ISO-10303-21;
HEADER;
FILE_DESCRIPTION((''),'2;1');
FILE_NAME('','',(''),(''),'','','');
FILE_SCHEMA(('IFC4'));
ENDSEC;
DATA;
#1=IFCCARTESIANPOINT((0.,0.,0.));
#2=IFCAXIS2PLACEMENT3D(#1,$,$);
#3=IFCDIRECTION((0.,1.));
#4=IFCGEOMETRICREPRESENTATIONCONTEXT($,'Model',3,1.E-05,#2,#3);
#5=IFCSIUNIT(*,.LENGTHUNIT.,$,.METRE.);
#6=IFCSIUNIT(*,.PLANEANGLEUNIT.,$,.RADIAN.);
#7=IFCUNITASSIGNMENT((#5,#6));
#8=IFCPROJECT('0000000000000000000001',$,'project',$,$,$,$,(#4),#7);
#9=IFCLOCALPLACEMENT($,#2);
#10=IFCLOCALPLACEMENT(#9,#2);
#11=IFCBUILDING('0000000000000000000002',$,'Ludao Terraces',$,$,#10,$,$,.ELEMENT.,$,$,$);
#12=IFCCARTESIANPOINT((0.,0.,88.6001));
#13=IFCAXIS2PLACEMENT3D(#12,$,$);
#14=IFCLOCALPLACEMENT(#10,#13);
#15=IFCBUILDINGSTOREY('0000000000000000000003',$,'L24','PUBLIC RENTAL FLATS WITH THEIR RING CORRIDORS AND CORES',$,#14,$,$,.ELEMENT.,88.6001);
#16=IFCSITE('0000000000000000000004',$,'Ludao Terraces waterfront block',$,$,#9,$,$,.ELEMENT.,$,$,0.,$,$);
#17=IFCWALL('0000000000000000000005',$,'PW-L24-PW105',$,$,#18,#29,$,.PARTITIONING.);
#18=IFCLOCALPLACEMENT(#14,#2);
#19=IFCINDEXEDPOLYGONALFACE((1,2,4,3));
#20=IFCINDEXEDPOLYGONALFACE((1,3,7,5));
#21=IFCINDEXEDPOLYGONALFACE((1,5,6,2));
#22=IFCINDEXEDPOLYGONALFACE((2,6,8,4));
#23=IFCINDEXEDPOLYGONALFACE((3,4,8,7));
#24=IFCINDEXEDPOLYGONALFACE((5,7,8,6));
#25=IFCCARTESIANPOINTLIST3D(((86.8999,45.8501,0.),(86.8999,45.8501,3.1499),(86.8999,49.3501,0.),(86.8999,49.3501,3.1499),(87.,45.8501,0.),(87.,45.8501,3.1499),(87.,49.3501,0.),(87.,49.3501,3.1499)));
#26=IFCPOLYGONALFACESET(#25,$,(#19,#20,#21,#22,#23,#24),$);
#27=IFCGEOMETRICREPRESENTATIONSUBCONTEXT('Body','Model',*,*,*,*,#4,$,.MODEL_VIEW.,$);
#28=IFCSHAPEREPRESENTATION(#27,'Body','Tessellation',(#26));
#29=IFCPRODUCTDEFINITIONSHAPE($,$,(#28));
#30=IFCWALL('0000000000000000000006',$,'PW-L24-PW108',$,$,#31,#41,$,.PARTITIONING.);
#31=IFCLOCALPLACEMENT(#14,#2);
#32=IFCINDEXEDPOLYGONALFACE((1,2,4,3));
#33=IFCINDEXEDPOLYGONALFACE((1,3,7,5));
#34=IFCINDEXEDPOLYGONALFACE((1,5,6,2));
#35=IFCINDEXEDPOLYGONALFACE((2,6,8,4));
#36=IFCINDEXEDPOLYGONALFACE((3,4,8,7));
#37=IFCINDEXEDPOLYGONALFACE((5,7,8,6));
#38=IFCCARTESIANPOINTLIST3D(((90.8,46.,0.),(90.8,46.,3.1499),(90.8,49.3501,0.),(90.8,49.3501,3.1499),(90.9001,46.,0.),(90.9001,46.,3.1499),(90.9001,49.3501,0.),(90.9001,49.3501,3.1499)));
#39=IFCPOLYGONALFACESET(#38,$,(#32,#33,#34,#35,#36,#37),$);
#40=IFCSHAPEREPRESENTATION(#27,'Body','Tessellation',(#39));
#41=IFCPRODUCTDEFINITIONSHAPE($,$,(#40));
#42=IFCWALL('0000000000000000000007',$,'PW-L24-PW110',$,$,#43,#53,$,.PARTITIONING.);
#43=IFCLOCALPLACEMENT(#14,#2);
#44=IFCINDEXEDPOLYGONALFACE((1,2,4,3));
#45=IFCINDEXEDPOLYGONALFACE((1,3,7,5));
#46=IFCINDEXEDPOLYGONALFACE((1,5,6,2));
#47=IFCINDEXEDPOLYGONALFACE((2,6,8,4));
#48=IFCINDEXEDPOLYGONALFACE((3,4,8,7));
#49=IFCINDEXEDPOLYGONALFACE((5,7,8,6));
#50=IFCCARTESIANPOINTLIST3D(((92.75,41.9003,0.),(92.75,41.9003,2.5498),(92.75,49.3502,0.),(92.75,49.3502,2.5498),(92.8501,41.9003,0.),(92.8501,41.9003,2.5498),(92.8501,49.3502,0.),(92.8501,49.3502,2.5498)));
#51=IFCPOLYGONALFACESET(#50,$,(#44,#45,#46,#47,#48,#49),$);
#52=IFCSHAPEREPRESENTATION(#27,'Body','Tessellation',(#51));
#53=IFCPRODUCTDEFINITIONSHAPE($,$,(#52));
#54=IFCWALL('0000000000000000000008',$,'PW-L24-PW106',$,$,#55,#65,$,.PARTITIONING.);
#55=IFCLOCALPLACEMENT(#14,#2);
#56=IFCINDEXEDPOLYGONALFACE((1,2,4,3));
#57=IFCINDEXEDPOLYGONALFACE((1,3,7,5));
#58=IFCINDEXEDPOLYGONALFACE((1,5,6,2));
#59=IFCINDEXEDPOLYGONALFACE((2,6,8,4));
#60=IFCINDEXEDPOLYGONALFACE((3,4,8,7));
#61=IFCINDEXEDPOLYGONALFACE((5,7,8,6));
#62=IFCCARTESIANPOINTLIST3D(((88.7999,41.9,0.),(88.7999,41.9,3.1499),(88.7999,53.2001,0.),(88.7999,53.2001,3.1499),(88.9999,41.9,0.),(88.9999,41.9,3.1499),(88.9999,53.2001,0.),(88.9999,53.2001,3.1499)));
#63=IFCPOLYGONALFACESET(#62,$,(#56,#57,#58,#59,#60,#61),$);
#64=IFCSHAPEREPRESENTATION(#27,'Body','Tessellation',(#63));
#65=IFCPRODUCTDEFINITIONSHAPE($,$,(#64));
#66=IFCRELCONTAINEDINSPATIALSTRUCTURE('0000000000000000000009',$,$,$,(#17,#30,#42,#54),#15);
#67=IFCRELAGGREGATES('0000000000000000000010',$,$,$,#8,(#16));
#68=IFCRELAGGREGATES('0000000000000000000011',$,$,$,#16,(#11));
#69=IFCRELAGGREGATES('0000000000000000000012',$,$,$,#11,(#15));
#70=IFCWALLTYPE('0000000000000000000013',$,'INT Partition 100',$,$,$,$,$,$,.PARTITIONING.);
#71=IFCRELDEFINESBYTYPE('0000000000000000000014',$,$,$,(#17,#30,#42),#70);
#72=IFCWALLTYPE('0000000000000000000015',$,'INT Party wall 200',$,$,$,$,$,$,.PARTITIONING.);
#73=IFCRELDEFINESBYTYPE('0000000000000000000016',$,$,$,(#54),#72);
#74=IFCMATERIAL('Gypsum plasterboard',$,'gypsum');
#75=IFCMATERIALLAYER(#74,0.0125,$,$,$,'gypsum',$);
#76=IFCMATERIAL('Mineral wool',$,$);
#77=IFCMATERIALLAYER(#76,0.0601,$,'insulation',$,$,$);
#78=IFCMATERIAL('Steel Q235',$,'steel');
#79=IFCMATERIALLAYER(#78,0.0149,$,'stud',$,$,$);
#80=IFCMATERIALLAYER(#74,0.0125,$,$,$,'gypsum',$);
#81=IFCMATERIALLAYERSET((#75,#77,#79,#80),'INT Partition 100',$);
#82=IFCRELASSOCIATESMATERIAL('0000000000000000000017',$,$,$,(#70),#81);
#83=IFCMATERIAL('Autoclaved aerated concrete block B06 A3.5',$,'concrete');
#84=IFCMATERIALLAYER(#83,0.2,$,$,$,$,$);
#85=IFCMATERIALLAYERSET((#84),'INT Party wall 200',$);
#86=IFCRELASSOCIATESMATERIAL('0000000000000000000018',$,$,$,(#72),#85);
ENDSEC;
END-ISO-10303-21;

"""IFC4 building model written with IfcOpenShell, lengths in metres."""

from ifc_helpers import new_model, si_unit, direction, frame, frame_2d, origin, place, context, subcontext, project, spatial, rectangle, extrude, material, layer, layer_set, type_object, element, save


model = new_model("IFC4")

# Units and contexts
model_context = context("Model", 3, precision=1e-05, world=origin(), true_north=direction((0.0, 1.0)))
body_context = subcontext(model_context, "Body", "Model", "MODEL_VIEW")
ifc_project = project(units=[si_unit("LENGTHUNIT", "METRE"), si_unit("PLANEANGLEUNIT", "RADIAN")], contexts=[model_context])

# Site, building, storey
site_placement = place(None, origin())
site = spatial("IfcSite", under=ifc_project, at=site_placement, Name="Ludao Terraces waterfront block", CompositionType="ELEMENT", RefElevation=0.0)
building_placement = place(site_placement, origin())
building = spatial("IfcBuilding", under=site, at=building_placement, Name="Ludao Terraces", CompositionType="ELEMENT")
storey_placement = place(building_placement, frame((0.0, 0.0, 88.6001)))
storey = spatial("IfcBuildingStorey", under=building, at=storey_placement, Name="L24", Description="PUBLIC RENTAL FLATS WITH THEIR RING CORRIDORS AND CORES", CompositionType="ELEMENT", Elevation=88.6001)

# Shared definitions
ifc_material_1 = material(Name="Mineral wool")

# Shared definitions
ifc_material_2 = material(Name="Gypsum plasterboard", Category="gypsum")
ifc_layer_1 = layer(ifc_material_2, 0.0125, Category="gypsum")
ifc_layer_2 = layer(ifc_material_1, 0.0601, Name="insulation")
ifc_material_3 = material(Name="Steel Q235", Category="steel")
ifc_layer_3 = layer(ifc_material_3, 0.0149, Name="stud")
ifc_layer_4 = layer(ifc_material_2, 0.0125, Category="gypsum")
ifc_layer_set_1 = layer_set([ifc_layer_1, ifc_layer_2, ifc_layer_3, ifc_layer_4], Name="INT Partition 100")
wall_type_1 = type_object("IfcWallType", Name="INT Partition 100", PredefinedType="PARTITIONING", material=ifc_layer_set_1)

# Walls
wall_1_placement = place(storey_placement, frame((86.95, 45.8501, 0.0), z_axis=(0.0, 0.0, 1.0), x_axis=(0.0, 1.0, 0.0)))
element("IfcWall", 1, at=wall_1_placement, inside=storey, type_object=wall_type_1, Name="PW-L24-PW105", PredefinedType="PARTITIONING", context=body_context, shape_type="SweptSolid", body=[
    extrude(rectangle(XDim=3.5, YDim=0.1001, at=frame_2d((1.75, 0.0))), origin(), (0.0, 0.0, 1.0), 3.1499),
])
wall_2_placement = place(storey_placement, frame((90.8501, 46.0, 0.0), z_axis=(0.0, 0.0, 1.0), x_axis=(0.0, 1.0, 0.0)))
element("IfcWall", 2, at=wall_2_placement, inside=storey, type_object=wall_type_1, Name="PW-L24-PW108", PredefinedType="PARTITIONING", context=body_context, shape_type="SweptSolid", body=[
    extrude(rectangle(XDim=3.3501, YDim=0.1001, at=frame_2d((1.675, 0.0))), origin(), (0.0, 0.0, 1.0), 3.1499),
])
wall_3_placement = place(storey_placement, frame((92.8, 41.9001, 0.0), z_axis=(0.0, 0.0, 1.0), x_axis=(0.0, 1.0, 0.0)))
element("IfcWall", 3, at=wall_3_placement, inside=storey, type_object=wall_type_1, Name="PW-L24-PW110", PredefinedType="PARTITIONING", context=body_context, shape_type="SweptSolid", body=[
    extrude(rectangle(XDim=7.45, YDim=0.1001, at=frame_2d((3.7251, 0.0))), origin(), (0.0, 0.0, 1.0), 2.5498),
])
ifc_material_4 = material(Name="Autoclaved aerated concrete block B06 A3.5", Category="concrete")
ifc_layer_5 = layer(ifc_material_4, 0.2)
ifc_layer_set_2 = layer_set([ifc_layer_5], Name="INT Party wall 200")
wall_type_2 = type_object("IfcWallType", Name="INT Party wall 200", PredefinedType="PARTITIONING", material=ifc_layer_set_2)
wall_4_placement = place(storey_placement, frame((88.8999, 41.9001, 0.0), z_axis=(0.0, 0.0, 1.0), x_axis=(0.0, 1.0, 0.0)))
element("IfcWall", 4, at=wall_4_placement, inside=storey, type_object=wall_type_2, Name="PW-L24-PW106", PredefinedType="PARTITIONING", context=body_context, shape_type="SweptSolid", body=[
    extrude(rectangle(XDim=11.3, YDim=0.2, at=frame_2d((5.6499, 0.0))), origin(), (0.0, 0.0, 1.0), 3.1499),
])

save(model, "model.ifc")
